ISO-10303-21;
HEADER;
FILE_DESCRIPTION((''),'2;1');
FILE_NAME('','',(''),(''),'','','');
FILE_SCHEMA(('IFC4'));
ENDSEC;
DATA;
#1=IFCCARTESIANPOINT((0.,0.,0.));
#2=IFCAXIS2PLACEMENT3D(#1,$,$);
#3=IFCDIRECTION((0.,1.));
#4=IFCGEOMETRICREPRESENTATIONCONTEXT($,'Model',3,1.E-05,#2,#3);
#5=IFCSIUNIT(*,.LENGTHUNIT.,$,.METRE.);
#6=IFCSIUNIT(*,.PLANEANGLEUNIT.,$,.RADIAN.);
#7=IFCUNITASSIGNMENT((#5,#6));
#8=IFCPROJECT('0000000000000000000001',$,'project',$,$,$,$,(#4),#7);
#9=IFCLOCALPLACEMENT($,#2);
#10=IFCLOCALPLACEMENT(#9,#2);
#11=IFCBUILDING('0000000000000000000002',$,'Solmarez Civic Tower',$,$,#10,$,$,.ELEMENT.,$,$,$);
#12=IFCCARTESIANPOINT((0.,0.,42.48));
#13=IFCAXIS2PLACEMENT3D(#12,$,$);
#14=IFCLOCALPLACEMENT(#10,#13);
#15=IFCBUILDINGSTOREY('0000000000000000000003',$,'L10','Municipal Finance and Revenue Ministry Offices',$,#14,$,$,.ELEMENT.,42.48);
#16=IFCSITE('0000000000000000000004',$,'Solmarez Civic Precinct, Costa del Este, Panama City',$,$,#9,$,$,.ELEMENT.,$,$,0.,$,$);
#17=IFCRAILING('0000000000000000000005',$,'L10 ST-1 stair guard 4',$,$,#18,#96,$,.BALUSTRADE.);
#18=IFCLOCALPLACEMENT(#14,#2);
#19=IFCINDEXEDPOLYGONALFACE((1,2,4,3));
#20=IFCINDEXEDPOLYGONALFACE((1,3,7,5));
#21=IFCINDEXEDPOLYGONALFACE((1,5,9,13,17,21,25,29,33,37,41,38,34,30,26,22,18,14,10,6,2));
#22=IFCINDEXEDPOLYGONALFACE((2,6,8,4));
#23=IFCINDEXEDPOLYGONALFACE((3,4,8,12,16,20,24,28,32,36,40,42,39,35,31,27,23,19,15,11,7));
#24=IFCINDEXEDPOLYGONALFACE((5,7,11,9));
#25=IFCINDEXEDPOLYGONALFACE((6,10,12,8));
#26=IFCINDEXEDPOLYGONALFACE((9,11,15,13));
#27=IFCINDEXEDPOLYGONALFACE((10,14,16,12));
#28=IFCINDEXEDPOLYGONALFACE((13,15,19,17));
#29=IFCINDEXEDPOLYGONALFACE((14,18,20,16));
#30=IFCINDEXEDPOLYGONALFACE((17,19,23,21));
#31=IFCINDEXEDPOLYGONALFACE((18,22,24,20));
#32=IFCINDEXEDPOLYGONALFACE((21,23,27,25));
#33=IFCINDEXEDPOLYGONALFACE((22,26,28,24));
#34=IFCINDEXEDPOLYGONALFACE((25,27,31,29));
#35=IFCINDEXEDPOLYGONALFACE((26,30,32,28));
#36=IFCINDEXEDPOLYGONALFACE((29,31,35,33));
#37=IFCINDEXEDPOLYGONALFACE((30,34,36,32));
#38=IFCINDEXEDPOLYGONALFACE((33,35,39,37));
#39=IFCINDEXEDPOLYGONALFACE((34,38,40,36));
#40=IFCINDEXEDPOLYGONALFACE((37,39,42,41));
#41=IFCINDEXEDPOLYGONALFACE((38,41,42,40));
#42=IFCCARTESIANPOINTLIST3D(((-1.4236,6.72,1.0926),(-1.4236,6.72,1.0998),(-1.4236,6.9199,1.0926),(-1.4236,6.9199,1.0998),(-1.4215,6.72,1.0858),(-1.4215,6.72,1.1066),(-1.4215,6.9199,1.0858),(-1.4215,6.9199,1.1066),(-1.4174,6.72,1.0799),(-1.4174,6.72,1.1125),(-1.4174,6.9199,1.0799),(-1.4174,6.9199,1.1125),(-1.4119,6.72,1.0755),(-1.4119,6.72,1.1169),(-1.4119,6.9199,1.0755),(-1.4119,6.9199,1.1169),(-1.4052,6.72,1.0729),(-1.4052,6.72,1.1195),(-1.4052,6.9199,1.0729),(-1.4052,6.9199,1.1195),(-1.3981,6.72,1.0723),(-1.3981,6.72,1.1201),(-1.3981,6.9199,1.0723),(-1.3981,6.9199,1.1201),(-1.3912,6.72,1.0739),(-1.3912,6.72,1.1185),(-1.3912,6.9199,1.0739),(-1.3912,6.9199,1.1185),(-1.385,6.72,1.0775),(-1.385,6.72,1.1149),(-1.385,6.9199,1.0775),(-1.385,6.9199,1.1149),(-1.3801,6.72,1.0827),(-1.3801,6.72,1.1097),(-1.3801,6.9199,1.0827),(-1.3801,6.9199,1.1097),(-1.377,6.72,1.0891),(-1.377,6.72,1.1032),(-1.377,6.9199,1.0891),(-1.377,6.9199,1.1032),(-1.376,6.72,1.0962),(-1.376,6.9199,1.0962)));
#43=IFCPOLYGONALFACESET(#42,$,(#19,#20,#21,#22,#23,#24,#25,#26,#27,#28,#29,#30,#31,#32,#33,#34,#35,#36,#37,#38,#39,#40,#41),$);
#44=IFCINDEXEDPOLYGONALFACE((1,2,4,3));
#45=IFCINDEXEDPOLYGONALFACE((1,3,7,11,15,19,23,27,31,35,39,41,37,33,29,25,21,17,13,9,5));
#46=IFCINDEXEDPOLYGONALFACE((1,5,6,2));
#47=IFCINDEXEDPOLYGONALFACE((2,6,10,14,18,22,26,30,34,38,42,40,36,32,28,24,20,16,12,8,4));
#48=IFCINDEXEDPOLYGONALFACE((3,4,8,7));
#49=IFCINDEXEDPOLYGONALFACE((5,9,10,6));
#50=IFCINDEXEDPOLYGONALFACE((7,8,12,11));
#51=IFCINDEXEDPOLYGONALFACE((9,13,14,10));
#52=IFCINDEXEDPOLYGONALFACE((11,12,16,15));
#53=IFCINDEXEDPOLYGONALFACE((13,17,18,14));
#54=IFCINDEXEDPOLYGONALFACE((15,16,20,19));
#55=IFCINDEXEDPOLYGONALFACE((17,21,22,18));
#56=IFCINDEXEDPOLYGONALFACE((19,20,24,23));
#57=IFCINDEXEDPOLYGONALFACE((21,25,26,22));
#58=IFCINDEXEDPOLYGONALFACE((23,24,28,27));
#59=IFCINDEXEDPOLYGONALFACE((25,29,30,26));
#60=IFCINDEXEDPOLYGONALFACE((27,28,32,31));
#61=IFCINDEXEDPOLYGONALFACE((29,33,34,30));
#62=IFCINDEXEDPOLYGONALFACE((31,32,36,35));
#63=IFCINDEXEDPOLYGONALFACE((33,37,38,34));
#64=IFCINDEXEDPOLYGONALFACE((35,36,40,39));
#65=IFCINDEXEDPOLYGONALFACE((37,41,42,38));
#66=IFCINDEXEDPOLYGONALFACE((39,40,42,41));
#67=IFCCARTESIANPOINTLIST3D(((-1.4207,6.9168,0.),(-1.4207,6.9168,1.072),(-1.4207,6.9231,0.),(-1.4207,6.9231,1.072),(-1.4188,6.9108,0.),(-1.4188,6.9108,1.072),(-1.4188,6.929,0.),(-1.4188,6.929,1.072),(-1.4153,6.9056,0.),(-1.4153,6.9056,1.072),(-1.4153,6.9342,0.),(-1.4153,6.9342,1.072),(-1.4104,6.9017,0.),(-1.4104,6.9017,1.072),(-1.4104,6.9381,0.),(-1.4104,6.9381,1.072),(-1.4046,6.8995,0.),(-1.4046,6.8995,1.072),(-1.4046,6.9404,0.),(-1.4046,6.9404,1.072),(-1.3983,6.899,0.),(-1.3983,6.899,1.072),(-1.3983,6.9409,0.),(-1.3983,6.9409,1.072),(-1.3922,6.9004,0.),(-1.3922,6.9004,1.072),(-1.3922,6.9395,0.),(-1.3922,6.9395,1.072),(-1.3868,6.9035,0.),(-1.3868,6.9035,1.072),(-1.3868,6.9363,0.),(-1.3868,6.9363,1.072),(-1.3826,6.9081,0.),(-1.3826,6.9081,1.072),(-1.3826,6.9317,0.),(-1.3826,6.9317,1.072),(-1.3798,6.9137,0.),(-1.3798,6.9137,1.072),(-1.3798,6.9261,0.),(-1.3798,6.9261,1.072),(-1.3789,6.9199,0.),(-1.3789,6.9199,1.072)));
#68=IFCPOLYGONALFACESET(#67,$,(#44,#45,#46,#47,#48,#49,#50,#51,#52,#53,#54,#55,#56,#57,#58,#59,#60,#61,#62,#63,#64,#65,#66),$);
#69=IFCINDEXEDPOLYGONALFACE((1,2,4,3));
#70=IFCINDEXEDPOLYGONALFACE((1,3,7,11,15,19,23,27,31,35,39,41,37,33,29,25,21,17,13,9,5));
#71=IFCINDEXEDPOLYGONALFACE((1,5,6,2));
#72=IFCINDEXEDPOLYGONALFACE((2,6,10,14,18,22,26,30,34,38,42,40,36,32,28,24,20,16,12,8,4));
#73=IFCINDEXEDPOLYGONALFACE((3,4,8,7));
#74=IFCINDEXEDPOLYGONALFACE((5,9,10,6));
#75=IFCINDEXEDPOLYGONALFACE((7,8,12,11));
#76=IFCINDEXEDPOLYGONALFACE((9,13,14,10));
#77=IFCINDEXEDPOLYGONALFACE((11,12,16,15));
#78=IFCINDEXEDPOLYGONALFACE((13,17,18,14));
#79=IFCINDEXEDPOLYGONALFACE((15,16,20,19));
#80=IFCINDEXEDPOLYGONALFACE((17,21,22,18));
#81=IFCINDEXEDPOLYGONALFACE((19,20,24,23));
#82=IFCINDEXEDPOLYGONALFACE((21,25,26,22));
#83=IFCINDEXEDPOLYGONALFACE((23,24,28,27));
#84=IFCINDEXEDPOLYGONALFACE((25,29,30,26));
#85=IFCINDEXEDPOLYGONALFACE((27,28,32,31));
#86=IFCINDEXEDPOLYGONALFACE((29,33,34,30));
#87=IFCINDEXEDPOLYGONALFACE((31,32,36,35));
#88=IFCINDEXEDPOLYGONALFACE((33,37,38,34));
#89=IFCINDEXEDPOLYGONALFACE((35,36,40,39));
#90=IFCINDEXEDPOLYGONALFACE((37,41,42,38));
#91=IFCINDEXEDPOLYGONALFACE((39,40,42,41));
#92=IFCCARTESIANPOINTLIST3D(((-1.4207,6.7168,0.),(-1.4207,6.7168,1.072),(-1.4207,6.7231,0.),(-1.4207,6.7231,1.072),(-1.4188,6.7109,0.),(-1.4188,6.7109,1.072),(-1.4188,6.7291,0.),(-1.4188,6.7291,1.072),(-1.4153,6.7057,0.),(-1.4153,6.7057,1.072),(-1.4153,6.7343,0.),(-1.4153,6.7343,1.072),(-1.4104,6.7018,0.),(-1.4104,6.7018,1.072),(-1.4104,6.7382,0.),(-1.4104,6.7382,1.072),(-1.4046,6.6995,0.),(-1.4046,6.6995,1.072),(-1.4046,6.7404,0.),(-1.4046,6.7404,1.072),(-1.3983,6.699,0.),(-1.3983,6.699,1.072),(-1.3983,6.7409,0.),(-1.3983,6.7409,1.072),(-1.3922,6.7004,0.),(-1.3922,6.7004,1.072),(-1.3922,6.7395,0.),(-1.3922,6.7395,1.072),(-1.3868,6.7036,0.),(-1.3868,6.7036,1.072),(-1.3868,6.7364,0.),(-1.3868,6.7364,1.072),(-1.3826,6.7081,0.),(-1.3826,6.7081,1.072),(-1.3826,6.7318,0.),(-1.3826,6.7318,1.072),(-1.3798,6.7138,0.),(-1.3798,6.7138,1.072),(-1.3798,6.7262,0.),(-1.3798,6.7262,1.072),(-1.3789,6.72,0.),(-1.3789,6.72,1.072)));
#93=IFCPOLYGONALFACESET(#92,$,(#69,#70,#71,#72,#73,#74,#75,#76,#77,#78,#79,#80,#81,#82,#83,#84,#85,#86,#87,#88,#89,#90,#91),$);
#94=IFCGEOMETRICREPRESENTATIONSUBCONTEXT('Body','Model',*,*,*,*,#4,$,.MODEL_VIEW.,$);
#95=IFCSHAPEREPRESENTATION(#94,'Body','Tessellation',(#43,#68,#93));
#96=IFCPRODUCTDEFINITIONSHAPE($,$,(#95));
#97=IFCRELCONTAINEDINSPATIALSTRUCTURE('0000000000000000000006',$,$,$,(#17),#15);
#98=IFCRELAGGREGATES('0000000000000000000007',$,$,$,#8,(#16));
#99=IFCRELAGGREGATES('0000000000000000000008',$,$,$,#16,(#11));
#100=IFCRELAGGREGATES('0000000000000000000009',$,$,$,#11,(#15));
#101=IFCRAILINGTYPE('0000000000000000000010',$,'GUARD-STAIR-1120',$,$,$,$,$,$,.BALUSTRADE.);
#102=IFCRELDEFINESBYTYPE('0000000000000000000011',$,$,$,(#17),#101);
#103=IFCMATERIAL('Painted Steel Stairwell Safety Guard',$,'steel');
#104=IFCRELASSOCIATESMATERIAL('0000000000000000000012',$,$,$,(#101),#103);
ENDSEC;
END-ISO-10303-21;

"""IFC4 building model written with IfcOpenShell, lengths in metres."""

from ifc_helpers import new_model, si_unit, direction, frame, origin, origin_2d, place, context, subcontext, project, spatial, circle, extrude, material, type_object, element, save


model = new_model("IFC4")

# Units and contexts
model_context = context("Model", 3, precision=1e-05, world=origin(), true_north=direction((0.0, 1.0)))
body_context = subcontext(model_context, "Body", "Model", "MODEL_VIEW")
ifc_project = project(units=[si_unit("LENGTHUNIT", "METRE"), si_unit("PLANEANGLEUNIT", "RADIAN")], contexts=[model_context])

# Site, building, storey
site_placement = place(None, origin())
site = spatial("IfcSite", under=ifc_project, at=site_placement, Name="Solmarez Civic Precinct, Costa del Este, Panama City", CompositionType="ELEMENT", RefElevation=0.0)
building_placement = place(site_placement, origin())
building = spatial("IfcBuilding", under=site, at=building_placement, Name="Solmarez Civic Tower", CompositionType="ELEMENT")
storey_placement = place(building_placement, frame((0.0, 0.0, 42.48)))
storey = spatial("IfcBuildingStorey", under=building, at=storey_placement, Name="L10", Description="Municipal Finance and Revenue Ministry Offices", CompositionType="ELEMENT", Elevation=42.48)

# Railing
ifc_material_1 = material(Name="Painted Steel Stairwell Safety Guard", Category="steel")
railing_type_1 = type_object("IfcRailingType", Name="GUARD-STAIR-1120", PredefinedType="BALUSTRADE", material=ifc_material_1)
railing_1_placement = place(storey_placement, frame((-1.3999, 6.9199, 0.0)))
element("IfcRailing", 1, at=railing_1_placement, inside=storey, type_object=railing_type_1, Name="L10 ST-1 stair guard 4", PredefinedType="BALUSTRADE", context=body_context, shape_type="SweptSolid", body=[
    extrude(circle(Radius=0.0239, at=origin_2d()), frame((0.0, 0.0, 1.0962), z_axis=(0.0, -1.0, 0.0), x_axis=(1.0, 0.0, 0.0)), (0.0, 0.0, 1.0), 0.2),
    extrude(circle(Radius=0.021, at=origin_2d()), origin(), (0.0, 0.0, 1.0), 1.072),
    extrude(circle(Radius=0.021, at=origin_2d()), frame((0.0, -0.2, 0.0)), (0.0, 0.0, 1.0), 1.072),
])

save(model, "model.ifc")
